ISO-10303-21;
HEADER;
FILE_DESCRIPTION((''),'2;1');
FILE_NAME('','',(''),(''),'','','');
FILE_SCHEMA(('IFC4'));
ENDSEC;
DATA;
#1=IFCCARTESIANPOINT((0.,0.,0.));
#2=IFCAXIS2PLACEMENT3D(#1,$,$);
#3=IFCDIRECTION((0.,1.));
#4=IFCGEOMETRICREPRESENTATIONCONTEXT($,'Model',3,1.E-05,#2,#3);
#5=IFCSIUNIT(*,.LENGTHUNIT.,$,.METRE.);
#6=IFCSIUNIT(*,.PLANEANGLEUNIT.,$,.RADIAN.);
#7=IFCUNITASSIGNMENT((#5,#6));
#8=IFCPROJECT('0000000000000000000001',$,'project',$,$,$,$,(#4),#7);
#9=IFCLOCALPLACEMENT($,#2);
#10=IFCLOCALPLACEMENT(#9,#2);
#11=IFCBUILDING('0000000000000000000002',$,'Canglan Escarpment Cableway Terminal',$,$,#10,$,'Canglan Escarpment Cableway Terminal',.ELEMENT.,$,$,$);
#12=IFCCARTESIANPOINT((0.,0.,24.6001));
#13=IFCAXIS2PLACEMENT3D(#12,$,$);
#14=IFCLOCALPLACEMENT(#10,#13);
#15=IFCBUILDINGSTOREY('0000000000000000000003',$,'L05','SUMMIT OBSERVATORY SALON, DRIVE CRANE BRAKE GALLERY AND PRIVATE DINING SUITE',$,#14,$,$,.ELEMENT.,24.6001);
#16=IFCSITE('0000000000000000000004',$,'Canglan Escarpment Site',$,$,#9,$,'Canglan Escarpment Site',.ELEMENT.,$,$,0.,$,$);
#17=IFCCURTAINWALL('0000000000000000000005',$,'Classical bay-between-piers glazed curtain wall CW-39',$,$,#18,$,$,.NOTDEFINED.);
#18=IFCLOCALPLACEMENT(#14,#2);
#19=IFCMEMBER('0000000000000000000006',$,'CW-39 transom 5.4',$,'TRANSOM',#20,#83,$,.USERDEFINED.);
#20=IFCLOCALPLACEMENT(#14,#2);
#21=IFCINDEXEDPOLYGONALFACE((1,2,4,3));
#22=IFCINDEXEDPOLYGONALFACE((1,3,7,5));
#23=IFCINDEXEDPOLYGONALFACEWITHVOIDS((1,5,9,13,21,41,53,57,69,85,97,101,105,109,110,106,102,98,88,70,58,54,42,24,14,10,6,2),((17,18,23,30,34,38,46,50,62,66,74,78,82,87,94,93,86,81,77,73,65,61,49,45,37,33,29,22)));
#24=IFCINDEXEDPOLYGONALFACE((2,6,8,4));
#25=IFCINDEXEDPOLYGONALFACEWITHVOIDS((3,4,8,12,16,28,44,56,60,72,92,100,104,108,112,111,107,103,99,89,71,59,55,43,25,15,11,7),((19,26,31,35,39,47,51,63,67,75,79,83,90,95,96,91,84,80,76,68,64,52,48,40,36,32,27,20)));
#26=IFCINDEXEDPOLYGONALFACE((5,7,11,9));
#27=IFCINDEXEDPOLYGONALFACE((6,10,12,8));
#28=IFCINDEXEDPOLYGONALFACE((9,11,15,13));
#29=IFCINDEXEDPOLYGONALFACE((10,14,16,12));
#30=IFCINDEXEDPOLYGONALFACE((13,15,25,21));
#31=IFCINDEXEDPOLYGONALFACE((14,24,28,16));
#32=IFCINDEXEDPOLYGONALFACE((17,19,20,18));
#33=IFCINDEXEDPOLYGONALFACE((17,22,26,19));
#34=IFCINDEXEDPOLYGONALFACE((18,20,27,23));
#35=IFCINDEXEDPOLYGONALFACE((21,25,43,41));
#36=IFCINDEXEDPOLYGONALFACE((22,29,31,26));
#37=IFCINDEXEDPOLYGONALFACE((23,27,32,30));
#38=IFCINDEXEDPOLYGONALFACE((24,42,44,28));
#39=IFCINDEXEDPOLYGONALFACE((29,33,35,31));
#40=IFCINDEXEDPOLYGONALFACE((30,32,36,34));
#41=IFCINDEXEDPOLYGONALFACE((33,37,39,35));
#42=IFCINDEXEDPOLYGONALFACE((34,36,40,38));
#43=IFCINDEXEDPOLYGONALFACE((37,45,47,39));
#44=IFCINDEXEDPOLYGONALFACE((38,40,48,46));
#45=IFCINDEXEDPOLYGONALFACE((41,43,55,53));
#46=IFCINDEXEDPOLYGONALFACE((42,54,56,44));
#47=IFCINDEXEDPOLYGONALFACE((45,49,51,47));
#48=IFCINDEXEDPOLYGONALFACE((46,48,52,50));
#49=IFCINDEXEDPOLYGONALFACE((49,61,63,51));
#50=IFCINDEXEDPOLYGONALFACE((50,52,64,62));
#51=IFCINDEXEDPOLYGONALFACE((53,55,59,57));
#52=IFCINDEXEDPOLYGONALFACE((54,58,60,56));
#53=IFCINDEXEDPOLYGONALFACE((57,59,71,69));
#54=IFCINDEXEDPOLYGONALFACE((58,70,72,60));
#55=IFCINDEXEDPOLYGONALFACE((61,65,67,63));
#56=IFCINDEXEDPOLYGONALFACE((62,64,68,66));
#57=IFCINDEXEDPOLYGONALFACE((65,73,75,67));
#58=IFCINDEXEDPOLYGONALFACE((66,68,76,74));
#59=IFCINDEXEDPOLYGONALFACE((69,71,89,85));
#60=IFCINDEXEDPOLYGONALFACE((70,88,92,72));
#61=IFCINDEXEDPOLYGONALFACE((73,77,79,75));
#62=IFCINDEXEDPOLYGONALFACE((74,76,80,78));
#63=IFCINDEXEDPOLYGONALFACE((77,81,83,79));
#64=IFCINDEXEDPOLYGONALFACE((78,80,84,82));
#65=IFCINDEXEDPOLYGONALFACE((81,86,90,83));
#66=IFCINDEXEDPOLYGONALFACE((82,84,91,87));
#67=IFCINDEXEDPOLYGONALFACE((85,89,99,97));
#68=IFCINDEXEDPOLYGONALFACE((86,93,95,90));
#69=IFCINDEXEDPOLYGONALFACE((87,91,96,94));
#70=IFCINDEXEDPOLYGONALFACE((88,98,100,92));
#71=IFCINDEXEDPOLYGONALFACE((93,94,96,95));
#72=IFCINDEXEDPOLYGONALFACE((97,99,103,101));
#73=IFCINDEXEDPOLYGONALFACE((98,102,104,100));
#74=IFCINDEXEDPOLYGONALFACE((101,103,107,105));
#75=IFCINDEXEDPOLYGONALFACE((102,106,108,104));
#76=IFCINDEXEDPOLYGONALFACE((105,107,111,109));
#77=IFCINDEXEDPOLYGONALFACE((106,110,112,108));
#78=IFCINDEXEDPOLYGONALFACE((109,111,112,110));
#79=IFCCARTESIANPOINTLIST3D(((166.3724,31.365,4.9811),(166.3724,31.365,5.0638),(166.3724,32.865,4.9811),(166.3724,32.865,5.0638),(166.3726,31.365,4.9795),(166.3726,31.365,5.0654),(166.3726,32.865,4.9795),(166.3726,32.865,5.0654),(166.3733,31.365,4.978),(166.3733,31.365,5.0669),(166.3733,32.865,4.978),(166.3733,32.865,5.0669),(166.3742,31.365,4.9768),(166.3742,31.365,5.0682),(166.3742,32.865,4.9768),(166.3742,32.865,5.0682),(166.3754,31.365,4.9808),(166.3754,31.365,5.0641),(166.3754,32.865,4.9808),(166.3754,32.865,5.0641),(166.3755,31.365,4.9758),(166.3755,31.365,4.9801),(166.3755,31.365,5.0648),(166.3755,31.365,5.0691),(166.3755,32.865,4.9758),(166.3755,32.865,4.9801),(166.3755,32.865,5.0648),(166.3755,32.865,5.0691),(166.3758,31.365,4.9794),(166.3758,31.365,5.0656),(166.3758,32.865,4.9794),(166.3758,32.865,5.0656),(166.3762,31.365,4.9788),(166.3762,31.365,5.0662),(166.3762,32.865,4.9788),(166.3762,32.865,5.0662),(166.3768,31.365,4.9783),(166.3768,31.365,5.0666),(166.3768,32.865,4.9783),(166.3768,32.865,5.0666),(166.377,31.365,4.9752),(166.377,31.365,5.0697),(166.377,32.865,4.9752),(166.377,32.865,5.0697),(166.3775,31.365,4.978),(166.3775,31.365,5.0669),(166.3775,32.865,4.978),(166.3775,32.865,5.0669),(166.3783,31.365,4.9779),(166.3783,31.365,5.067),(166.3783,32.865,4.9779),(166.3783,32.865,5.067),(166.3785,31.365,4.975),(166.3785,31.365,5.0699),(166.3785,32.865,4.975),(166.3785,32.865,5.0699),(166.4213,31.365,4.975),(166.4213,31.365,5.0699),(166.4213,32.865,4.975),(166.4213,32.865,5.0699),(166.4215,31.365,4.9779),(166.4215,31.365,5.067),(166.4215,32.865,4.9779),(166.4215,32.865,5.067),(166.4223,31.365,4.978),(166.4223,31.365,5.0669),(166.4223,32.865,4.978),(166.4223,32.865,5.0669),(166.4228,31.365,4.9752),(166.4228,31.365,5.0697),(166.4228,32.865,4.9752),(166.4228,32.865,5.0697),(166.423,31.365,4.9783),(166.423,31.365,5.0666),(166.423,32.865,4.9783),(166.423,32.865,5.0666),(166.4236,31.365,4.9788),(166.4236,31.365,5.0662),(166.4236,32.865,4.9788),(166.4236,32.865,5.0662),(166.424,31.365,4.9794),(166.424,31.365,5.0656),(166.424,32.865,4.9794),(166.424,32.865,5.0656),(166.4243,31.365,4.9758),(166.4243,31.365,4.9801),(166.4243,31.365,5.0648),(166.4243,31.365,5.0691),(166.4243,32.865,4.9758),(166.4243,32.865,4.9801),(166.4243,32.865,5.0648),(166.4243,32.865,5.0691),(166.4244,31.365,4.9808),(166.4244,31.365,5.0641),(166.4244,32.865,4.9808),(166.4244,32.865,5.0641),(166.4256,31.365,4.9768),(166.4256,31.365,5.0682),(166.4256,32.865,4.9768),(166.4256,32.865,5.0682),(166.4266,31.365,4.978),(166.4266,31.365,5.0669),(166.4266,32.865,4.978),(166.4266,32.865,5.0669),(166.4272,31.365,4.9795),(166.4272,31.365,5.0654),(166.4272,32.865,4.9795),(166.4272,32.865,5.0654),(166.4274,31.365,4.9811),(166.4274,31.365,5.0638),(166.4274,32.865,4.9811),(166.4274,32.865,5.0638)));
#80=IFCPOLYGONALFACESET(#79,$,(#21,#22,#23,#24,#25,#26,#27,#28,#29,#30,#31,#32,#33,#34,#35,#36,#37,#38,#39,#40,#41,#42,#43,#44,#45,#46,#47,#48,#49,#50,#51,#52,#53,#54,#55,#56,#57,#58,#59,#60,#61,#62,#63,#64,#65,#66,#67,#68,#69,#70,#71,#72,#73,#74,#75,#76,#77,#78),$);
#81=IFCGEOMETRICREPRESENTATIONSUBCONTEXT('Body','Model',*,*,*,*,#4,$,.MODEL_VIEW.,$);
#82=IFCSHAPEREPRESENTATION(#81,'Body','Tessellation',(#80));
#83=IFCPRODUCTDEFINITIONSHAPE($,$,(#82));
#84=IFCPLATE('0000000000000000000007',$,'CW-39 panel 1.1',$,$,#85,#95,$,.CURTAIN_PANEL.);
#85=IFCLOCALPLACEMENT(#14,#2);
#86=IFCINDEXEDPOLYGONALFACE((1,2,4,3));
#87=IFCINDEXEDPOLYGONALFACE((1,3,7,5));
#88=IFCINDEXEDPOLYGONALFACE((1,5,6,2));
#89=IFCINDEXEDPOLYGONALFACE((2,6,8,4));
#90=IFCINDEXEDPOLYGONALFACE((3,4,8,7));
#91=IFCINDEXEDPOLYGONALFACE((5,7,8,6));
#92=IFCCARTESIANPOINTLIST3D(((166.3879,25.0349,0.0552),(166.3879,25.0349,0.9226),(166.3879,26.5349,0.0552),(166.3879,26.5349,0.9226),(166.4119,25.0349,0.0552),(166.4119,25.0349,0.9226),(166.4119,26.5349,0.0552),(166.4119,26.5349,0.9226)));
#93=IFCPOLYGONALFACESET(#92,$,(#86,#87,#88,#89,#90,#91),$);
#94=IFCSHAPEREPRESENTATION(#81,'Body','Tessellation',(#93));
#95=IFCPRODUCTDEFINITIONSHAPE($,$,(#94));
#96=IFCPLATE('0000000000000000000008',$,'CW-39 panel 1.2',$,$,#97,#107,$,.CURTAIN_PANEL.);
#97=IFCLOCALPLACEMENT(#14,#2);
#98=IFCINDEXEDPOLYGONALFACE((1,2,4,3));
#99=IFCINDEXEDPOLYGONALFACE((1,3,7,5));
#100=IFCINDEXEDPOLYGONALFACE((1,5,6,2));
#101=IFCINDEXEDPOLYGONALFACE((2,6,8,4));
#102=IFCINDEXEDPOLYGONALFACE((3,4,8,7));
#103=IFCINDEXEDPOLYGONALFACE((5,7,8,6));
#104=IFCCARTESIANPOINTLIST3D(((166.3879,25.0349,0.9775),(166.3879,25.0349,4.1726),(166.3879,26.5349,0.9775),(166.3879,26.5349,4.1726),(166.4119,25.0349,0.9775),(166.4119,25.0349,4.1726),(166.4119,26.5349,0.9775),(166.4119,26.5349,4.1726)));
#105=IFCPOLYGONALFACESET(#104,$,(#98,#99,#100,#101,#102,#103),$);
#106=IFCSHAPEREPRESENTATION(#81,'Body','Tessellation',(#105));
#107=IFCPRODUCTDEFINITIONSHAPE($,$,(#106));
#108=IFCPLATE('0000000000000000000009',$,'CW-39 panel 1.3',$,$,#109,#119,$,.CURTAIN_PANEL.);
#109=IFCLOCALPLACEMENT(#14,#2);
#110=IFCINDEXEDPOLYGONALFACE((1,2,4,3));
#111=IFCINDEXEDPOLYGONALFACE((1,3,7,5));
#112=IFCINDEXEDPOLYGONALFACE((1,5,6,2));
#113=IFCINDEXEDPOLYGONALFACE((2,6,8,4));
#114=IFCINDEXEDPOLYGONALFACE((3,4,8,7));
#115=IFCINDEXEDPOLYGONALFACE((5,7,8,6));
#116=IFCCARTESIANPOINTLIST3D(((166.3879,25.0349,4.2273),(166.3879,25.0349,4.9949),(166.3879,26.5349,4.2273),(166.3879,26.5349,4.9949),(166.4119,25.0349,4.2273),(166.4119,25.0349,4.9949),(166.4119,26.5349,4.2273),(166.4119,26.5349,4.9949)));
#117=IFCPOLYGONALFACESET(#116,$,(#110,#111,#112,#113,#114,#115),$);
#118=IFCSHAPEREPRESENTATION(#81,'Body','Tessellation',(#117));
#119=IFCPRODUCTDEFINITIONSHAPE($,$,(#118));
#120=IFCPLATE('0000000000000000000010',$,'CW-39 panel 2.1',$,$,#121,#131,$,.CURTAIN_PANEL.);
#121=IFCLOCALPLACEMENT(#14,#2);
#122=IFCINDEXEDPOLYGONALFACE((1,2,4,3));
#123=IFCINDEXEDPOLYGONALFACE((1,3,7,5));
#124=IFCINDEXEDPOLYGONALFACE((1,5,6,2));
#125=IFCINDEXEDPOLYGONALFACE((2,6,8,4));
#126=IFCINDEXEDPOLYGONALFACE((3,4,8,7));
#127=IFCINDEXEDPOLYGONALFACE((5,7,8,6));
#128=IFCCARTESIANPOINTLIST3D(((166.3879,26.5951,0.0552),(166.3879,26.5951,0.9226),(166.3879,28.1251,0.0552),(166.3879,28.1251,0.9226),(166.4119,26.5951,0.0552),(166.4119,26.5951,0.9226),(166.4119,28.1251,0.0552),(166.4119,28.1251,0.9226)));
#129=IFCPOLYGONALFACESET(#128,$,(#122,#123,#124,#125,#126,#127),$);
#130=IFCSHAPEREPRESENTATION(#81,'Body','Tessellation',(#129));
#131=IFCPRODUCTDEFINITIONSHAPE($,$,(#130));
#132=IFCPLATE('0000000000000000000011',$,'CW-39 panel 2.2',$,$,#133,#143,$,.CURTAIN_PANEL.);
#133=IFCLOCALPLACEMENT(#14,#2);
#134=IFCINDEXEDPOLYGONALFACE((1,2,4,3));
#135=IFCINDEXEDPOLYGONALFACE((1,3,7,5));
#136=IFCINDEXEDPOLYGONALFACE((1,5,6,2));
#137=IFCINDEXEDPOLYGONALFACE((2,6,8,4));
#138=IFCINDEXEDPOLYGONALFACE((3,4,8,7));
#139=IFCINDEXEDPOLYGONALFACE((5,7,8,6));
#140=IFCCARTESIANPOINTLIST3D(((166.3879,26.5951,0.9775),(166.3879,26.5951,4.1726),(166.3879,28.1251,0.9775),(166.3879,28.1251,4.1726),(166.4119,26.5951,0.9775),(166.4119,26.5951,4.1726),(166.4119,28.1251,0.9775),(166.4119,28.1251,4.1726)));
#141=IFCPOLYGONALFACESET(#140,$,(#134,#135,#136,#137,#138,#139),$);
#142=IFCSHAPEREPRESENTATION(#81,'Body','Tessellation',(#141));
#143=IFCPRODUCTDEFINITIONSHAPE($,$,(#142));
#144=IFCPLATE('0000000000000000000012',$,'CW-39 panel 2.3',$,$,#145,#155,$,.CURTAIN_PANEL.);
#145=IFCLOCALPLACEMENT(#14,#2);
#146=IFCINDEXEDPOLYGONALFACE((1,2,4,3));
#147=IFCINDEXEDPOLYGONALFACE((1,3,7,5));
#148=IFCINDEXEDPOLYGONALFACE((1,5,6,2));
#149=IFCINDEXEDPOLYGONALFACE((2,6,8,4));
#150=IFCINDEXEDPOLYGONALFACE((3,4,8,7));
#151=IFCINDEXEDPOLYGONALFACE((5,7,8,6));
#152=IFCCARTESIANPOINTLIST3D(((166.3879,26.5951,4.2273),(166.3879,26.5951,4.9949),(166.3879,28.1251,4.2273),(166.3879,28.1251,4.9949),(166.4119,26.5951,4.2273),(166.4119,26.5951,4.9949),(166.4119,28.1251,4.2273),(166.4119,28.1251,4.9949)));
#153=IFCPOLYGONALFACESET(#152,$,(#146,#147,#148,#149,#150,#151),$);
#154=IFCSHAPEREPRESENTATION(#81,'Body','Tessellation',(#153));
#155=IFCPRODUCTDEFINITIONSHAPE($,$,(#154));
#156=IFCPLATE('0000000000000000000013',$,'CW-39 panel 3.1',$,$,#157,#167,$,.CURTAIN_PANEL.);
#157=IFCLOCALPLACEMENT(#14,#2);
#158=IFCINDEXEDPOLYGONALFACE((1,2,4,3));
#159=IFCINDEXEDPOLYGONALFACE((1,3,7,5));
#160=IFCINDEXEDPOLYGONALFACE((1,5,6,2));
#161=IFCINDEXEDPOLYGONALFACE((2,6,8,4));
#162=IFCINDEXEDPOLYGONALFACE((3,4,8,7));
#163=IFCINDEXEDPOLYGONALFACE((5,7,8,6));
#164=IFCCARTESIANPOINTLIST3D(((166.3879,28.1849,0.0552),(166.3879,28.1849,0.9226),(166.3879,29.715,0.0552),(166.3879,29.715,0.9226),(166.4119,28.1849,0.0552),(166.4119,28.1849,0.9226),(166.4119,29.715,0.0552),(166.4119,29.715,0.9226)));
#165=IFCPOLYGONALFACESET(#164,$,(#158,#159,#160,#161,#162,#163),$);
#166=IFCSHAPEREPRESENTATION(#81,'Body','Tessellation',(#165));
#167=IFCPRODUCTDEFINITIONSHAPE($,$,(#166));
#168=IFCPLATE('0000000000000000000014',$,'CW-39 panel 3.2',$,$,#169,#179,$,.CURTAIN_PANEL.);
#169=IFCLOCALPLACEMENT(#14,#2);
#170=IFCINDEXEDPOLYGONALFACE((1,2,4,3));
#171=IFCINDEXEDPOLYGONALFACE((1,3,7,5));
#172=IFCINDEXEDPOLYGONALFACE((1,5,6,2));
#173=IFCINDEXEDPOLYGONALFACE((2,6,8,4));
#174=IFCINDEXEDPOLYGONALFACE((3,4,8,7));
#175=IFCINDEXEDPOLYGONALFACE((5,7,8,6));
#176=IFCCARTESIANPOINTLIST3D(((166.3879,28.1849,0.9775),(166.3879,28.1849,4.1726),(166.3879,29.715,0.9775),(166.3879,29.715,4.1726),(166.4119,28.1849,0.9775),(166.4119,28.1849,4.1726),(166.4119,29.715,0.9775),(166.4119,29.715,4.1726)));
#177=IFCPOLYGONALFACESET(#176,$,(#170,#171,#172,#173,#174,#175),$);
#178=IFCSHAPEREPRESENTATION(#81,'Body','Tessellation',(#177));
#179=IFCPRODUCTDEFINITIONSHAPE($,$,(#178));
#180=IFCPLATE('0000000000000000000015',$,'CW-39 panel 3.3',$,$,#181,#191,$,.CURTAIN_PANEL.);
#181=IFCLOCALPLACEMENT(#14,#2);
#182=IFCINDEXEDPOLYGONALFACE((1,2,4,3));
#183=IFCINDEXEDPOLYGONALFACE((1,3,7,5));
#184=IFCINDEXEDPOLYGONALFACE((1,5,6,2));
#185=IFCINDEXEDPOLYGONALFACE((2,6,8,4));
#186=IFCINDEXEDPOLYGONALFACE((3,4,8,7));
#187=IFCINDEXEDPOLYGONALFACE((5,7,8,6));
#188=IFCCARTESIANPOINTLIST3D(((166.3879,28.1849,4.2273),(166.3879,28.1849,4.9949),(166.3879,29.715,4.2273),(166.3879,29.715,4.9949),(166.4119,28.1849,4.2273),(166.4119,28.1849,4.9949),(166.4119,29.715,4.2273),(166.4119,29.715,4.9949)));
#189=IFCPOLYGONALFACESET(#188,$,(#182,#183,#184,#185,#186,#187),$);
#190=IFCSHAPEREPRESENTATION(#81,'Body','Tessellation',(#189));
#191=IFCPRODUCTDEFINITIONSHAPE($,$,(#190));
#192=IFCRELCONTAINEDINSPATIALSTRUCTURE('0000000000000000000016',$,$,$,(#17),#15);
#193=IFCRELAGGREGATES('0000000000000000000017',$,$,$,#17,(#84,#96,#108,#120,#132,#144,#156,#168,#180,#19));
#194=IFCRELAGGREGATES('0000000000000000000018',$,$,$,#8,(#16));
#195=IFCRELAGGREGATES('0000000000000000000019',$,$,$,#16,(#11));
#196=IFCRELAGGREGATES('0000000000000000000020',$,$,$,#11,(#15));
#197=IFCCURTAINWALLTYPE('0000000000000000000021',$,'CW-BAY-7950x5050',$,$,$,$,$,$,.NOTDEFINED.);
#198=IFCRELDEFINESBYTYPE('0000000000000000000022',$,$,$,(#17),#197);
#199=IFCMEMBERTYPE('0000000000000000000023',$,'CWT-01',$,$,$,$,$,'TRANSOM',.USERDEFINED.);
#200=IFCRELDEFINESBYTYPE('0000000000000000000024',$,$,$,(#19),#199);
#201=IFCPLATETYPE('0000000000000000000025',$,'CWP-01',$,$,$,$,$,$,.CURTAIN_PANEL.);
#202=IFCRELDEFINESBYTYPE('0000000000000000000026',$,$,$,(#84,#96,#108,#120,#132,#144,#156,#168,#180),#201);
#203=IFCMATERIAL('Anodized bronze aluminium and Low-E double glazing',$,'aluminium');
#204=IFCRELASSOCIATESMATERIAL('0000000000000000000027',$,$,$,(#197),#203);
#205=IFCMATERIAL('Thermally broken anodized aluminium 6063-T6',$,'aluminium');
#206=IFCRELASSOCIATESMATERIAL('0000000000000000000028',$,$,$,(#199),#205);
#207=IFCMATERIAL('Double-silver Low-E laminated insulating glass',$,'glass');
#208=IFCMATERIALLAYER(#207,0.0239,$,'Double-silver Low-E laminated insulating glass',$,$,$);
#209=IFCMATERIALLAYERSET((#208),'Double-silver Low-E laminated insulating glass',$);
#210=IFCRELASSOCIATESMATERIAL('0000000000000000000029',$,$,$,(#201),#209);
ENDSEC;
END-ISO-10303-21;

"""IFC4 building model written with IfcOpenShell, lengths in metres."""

from ifc_helpers import new_model, si_unit, direction, frame, origin, origin_2d, place, context, subcontext, project, spatial, rectangle, hollow_rectangle, extrude, material, layer, layer_set, material_profile, profile_set, type_object, element, aggregate, save


model = new_model("IFC4")

# Units and contexts
model_context = context("Model", 3, precision=1e-05, world=origin(), true_north=direction((0.0, 1.0)))
body_context = subcontext(model_context, "Body", "Model", "MODEL_VIEW")
ifc_project = project(units=[si_unit("LENGTHUNIT", "METRE"), si_unit("PLANEANGLEUNIT", "RADIAN")], contexts=[model_context])

# Site, building, storey
site_placement = place(None, origin())
site = spatial("IfcSite", under=ifc_project, at=site_placement, Name="Canglan Escarpment Site", LongName="Canglan Escarpment Site", CompositionType="ELEMENT", RefElevation=0.0)
building_placement = place(site_placement, origin())
building = spatial("IfcBuilding", under=site, at=building_placement, Name="Canglan Escarpment Cableway Terminal", LongName="Canglan Escarpment Cableway Terminal", CompositionType="ELEMENT")
storey_placement = place(building_placement, frame((0.0, 0.0, 24.6001)))
storey = spatial("IfcBuildingStorey", under=building, at=storey_placement, Name="L05", Description="SUMMIT OBSERVATORY SALON, DRIVE CRANE BRAKE GALLERY AND PRIVATE DINING SUITE", CompositionType="ELEMENT", Elevation=24.6001)

# Curtain wall, member, plates
ifc_material_1 = material(Name="Anodized bronze aluminium and Low-E double glazing", Category="aluminium")
curtain_wall_type = type_object("IfcCurtainWallType", Name="CW-BAY-7950x5050", PredefinedType="NOTDEFINED", material=ifc_material_1)
curtain_wall_placement = place(storey_placement, origin())
curtain_wall = element("IfcCurtainWall", 1, at=curtain_wall_placement, inside=storey, type_object=curtain_wall_type, Name="Classical bay-between-piers glazed curtain wall CW-39", PredefinedType="NOTDEFINED")
ifc_material_2 = material(Name="Thermally broken anodized aluminium 6063-T6", Category="aluminium")
ifc_material_profile_1 = material_profile(ifc_material_2, hollow_rectangle(XDim=0.0549, YDim=0.095, WallThickness=0.0029, InnerFilletRadius=0.0029, OuterFilletRadius=0.0061, at=origin_2d()), Name="ALU-TRAN 55x95x3")
ifc_profile_set_1 = profile_set([ifc_material_profile_1], Name="Thermally broken anodized aluminium 6063-T6")
member_type_1 = type_object("IfcMemberType", Name="CWT-01", ElementType="TRANSOM", PredefinedType="USERDEFINED", material=ifc_profile_set_1)
member_1_placement = place(storey_placement, frame((166.3999, 31.365, 5.0225), z_axis=(0.0, 1.0, 0.0), x_axis=(-1.0, 0.0, 0.0)))
member_1 = element("IfcMember", 2, at=member_1_placement, type_object=member_type_1, Name="CW-39 transom 5.4", ObjectType="TRANSOM", PredefinedType="USERDEFINED", context=body_context, shape_type="SweptSolid", body=[
    extrude(hollow_rectangle(XDim=0.0549, YDim=0.095, WallThickness=0.0029, InnerFilletRadius=0.0029, OuterFilletRadius=0.0061, at=origin_2d()), origin(), (0.0, 0.0, 1.0), 1.5),
])
ifc_material_3 = material(Name="Double-silver Low-E laminated insulating glass", Category="glass")
ifc_layer = layer(ifc_material_3, 0.0239, Name="Double-silver Low-E laminated insulating glass")
ifc_layer_set = layer_set([ifc_layer], Name="Double-silver Low-E laminated insulating glass")
plate_type = type_object("IfcPlateType", Name="CWP-01", PredefinedType="CURTAIN_PANEL", material=ifc_layer_set)
plate_1_placement = place(storey_placement, frame((166.3999, 25.7849, 0.0552), z_axis=(0.0, 0.0, 1.0), x_axis=(0.0, 1.0, 0.0)))
plate_1 = element("IfcPlate", 3, at=plate_1_placement, type_object=plate_type, Name="CW-39 panel 1.1", PredefinedType="CURTAIN_PANEL", context=body_context, shape_type="SweptSolid", body=[
    extrude(rectangle(XDim=1.5, YDim=0.0239, at=origin_2d()), origin(), (0.0, 0.0, 1.0), 0.8674),
])
plate_2_placement = place(storey_placement, frame((166.3999, 25.7849, 0.9775), z_axis=(0.0, 0.0, 1.0), x_axis=(0.0, 1.0, 0.0)))
plate_2 = element("IfcPlate", 4, at=plate_2_placement, type_object=plate_type, Name="CW-39 panel 1.2", PredefinedType="CURTAIN_PANEL", context=body_context, shape_type="SweptSolid", body=[
    extrude(rectangle(XDim=1.5, YDim=0.0239, at=origin_2d()), origin(), (0.0, 0.0, 1.0), 3.1951),
])
plate_3_placement = place(storey_placement, frame((166.3999, 25.7849, 4.2273), z_axis=(0.0, 0.0, 1.0), x_axis=(0.0, 1.0, 0.0)))
plate_3 = element("IfcPlate", 5, at=plate_3_placement, type_object=plate_type, Name="CW-39 panel 1.3", PredefinedType="CURTAIN_PANEL", context=body_context, shape_type="SweptSolid", body=[
    extrude(rectangle(XDim=1.5, YDim=0.0239, at=origin_2d()), origin(), (0.0, 0.0, 1.0), 0.7676),
])
plate_4_placement = place(storey_placement, frame((166.3999, 27.3601, 0.0552), z_axis=(0.0, 0.0, 1.0), x_axis=(0.0, 1.0, 0.0)))
plate_4 = element("IfcPlate", 6, at=plate_4_placement, type_object=plate_type, Name="CW-39 panel 2.1", PredefinedType="CURTAIN_PANEL", context=body_context, shape_type="SweptSolid", body=[
    extrude(rectangle(XDim=1.53, YDim=0.0239, at=origin_2d()), origin(), (0.0, 0.0, 1.0), 0.8674),
])
plate_5_placement = place(storey_placement, frame((166.3999, 27.3601, 0.9775), z_axis=(0.0, 0.0, 1.0), x_axis=(0.0, 1.0, 0.0)))
plate_5 = element("IfcPlate", 7, at=plate_5_placement, type_object=plate_type, Name="CW-39 panel 2.2", PredefinedType="CURTAIN_PANEL", context=body_context, shape_type="SweptSolid", body=[
    extrude(rectangle(XDim=1.53, YDim=0.0239, at=origin_2d()), origin(), (0.0, 0.0, 1.0), 3.1951),
])
plate_6_placement = place(storey_placement, frame((166.3999, 27.3601, 4.2273), z_axis=(0.0, 0.0, 1.0), x_axis=(0.0, 1.0, 0.0)))
plate_6 = element("IfcPlate", 8, at=plate_6_placement, type_object=plate_type, Name="CW-39 panel 2.3", PredefinedType="CURTAIN_PANEL", context=body_context, shape_type="SweptSolid", body=[
    extrude(rectangle(XDim=1.53, YDim=0.0239, at=origin_2d()), origin(), (0.0, 0.0, 1.0), 0.7676),
])
plate_7_placement = place(storey_placement, frame((166.3999, 28.95, 0.0552), z_axis=(0.0, 0.0, 1.0), x_axis=(0.0, 1.0, 0.0)))
plate_7 = element("IfcPlate", 9, at=plate_7_placement, type_object=plate_type, Name="CW-39 panel 3.1", PredefinedType="CURTAIN_PANEL", context=body_context, shape_type="SweptSolid", body=[
    extrude(rectangle(XDim=1.53, YDim=0.0239, at=origin_2d()), origin(), (0.0, 0.0, 1.0), 0.8674),
])
plate_8_placement = place(storey_placement, frame((166.3999, 28.95, 0.9775), z_axis=(0.0, 0.0, 1.0), x_axis=(0.0, 1.0, 0.0)))
plate_8 = element("IfcPlate", 10, at=plate_8_placement, type_object=plate_type, Name="CW-39 panel 3.2", PredefinedType="CURTAIN_PANEL", context=body_context, shape_type="SweptSolid", body=[
    extrude(rectangle(XDim=1.53, YDim=0.0239, at=origin_2d()), origin(), (0.0, 0.0, 1.0), 3.1951),
])
plate_9_placement = place(storey_placement, frame((166.3999, 28.95, 4.2273), z_axis=(0.0, 0.0, 1.0), x_axis=(0.0, 1.0, 0.0)))
plate_9 = element("IfcPlate", 11, at=plate_9_placement, type_object=plate_type, Name="CW-39 panel 3.3", PredefinedType="CURTAIN_PANEL", context=body_context, shape_type="SweptSolid", body=[
    extrude(rectangle(XDim=1.53, YDim=0.0239, at=origin_2d()), origin(), (0.0, 0.0, 1.0), 0.7676),
])
aggregate(curtain_wall, [plate_1, plate_2, plate_3, plate_4, plate_5, plate_6, plate_7, plate_8, plate_9, member_1])

save(model, "model.ifc")
